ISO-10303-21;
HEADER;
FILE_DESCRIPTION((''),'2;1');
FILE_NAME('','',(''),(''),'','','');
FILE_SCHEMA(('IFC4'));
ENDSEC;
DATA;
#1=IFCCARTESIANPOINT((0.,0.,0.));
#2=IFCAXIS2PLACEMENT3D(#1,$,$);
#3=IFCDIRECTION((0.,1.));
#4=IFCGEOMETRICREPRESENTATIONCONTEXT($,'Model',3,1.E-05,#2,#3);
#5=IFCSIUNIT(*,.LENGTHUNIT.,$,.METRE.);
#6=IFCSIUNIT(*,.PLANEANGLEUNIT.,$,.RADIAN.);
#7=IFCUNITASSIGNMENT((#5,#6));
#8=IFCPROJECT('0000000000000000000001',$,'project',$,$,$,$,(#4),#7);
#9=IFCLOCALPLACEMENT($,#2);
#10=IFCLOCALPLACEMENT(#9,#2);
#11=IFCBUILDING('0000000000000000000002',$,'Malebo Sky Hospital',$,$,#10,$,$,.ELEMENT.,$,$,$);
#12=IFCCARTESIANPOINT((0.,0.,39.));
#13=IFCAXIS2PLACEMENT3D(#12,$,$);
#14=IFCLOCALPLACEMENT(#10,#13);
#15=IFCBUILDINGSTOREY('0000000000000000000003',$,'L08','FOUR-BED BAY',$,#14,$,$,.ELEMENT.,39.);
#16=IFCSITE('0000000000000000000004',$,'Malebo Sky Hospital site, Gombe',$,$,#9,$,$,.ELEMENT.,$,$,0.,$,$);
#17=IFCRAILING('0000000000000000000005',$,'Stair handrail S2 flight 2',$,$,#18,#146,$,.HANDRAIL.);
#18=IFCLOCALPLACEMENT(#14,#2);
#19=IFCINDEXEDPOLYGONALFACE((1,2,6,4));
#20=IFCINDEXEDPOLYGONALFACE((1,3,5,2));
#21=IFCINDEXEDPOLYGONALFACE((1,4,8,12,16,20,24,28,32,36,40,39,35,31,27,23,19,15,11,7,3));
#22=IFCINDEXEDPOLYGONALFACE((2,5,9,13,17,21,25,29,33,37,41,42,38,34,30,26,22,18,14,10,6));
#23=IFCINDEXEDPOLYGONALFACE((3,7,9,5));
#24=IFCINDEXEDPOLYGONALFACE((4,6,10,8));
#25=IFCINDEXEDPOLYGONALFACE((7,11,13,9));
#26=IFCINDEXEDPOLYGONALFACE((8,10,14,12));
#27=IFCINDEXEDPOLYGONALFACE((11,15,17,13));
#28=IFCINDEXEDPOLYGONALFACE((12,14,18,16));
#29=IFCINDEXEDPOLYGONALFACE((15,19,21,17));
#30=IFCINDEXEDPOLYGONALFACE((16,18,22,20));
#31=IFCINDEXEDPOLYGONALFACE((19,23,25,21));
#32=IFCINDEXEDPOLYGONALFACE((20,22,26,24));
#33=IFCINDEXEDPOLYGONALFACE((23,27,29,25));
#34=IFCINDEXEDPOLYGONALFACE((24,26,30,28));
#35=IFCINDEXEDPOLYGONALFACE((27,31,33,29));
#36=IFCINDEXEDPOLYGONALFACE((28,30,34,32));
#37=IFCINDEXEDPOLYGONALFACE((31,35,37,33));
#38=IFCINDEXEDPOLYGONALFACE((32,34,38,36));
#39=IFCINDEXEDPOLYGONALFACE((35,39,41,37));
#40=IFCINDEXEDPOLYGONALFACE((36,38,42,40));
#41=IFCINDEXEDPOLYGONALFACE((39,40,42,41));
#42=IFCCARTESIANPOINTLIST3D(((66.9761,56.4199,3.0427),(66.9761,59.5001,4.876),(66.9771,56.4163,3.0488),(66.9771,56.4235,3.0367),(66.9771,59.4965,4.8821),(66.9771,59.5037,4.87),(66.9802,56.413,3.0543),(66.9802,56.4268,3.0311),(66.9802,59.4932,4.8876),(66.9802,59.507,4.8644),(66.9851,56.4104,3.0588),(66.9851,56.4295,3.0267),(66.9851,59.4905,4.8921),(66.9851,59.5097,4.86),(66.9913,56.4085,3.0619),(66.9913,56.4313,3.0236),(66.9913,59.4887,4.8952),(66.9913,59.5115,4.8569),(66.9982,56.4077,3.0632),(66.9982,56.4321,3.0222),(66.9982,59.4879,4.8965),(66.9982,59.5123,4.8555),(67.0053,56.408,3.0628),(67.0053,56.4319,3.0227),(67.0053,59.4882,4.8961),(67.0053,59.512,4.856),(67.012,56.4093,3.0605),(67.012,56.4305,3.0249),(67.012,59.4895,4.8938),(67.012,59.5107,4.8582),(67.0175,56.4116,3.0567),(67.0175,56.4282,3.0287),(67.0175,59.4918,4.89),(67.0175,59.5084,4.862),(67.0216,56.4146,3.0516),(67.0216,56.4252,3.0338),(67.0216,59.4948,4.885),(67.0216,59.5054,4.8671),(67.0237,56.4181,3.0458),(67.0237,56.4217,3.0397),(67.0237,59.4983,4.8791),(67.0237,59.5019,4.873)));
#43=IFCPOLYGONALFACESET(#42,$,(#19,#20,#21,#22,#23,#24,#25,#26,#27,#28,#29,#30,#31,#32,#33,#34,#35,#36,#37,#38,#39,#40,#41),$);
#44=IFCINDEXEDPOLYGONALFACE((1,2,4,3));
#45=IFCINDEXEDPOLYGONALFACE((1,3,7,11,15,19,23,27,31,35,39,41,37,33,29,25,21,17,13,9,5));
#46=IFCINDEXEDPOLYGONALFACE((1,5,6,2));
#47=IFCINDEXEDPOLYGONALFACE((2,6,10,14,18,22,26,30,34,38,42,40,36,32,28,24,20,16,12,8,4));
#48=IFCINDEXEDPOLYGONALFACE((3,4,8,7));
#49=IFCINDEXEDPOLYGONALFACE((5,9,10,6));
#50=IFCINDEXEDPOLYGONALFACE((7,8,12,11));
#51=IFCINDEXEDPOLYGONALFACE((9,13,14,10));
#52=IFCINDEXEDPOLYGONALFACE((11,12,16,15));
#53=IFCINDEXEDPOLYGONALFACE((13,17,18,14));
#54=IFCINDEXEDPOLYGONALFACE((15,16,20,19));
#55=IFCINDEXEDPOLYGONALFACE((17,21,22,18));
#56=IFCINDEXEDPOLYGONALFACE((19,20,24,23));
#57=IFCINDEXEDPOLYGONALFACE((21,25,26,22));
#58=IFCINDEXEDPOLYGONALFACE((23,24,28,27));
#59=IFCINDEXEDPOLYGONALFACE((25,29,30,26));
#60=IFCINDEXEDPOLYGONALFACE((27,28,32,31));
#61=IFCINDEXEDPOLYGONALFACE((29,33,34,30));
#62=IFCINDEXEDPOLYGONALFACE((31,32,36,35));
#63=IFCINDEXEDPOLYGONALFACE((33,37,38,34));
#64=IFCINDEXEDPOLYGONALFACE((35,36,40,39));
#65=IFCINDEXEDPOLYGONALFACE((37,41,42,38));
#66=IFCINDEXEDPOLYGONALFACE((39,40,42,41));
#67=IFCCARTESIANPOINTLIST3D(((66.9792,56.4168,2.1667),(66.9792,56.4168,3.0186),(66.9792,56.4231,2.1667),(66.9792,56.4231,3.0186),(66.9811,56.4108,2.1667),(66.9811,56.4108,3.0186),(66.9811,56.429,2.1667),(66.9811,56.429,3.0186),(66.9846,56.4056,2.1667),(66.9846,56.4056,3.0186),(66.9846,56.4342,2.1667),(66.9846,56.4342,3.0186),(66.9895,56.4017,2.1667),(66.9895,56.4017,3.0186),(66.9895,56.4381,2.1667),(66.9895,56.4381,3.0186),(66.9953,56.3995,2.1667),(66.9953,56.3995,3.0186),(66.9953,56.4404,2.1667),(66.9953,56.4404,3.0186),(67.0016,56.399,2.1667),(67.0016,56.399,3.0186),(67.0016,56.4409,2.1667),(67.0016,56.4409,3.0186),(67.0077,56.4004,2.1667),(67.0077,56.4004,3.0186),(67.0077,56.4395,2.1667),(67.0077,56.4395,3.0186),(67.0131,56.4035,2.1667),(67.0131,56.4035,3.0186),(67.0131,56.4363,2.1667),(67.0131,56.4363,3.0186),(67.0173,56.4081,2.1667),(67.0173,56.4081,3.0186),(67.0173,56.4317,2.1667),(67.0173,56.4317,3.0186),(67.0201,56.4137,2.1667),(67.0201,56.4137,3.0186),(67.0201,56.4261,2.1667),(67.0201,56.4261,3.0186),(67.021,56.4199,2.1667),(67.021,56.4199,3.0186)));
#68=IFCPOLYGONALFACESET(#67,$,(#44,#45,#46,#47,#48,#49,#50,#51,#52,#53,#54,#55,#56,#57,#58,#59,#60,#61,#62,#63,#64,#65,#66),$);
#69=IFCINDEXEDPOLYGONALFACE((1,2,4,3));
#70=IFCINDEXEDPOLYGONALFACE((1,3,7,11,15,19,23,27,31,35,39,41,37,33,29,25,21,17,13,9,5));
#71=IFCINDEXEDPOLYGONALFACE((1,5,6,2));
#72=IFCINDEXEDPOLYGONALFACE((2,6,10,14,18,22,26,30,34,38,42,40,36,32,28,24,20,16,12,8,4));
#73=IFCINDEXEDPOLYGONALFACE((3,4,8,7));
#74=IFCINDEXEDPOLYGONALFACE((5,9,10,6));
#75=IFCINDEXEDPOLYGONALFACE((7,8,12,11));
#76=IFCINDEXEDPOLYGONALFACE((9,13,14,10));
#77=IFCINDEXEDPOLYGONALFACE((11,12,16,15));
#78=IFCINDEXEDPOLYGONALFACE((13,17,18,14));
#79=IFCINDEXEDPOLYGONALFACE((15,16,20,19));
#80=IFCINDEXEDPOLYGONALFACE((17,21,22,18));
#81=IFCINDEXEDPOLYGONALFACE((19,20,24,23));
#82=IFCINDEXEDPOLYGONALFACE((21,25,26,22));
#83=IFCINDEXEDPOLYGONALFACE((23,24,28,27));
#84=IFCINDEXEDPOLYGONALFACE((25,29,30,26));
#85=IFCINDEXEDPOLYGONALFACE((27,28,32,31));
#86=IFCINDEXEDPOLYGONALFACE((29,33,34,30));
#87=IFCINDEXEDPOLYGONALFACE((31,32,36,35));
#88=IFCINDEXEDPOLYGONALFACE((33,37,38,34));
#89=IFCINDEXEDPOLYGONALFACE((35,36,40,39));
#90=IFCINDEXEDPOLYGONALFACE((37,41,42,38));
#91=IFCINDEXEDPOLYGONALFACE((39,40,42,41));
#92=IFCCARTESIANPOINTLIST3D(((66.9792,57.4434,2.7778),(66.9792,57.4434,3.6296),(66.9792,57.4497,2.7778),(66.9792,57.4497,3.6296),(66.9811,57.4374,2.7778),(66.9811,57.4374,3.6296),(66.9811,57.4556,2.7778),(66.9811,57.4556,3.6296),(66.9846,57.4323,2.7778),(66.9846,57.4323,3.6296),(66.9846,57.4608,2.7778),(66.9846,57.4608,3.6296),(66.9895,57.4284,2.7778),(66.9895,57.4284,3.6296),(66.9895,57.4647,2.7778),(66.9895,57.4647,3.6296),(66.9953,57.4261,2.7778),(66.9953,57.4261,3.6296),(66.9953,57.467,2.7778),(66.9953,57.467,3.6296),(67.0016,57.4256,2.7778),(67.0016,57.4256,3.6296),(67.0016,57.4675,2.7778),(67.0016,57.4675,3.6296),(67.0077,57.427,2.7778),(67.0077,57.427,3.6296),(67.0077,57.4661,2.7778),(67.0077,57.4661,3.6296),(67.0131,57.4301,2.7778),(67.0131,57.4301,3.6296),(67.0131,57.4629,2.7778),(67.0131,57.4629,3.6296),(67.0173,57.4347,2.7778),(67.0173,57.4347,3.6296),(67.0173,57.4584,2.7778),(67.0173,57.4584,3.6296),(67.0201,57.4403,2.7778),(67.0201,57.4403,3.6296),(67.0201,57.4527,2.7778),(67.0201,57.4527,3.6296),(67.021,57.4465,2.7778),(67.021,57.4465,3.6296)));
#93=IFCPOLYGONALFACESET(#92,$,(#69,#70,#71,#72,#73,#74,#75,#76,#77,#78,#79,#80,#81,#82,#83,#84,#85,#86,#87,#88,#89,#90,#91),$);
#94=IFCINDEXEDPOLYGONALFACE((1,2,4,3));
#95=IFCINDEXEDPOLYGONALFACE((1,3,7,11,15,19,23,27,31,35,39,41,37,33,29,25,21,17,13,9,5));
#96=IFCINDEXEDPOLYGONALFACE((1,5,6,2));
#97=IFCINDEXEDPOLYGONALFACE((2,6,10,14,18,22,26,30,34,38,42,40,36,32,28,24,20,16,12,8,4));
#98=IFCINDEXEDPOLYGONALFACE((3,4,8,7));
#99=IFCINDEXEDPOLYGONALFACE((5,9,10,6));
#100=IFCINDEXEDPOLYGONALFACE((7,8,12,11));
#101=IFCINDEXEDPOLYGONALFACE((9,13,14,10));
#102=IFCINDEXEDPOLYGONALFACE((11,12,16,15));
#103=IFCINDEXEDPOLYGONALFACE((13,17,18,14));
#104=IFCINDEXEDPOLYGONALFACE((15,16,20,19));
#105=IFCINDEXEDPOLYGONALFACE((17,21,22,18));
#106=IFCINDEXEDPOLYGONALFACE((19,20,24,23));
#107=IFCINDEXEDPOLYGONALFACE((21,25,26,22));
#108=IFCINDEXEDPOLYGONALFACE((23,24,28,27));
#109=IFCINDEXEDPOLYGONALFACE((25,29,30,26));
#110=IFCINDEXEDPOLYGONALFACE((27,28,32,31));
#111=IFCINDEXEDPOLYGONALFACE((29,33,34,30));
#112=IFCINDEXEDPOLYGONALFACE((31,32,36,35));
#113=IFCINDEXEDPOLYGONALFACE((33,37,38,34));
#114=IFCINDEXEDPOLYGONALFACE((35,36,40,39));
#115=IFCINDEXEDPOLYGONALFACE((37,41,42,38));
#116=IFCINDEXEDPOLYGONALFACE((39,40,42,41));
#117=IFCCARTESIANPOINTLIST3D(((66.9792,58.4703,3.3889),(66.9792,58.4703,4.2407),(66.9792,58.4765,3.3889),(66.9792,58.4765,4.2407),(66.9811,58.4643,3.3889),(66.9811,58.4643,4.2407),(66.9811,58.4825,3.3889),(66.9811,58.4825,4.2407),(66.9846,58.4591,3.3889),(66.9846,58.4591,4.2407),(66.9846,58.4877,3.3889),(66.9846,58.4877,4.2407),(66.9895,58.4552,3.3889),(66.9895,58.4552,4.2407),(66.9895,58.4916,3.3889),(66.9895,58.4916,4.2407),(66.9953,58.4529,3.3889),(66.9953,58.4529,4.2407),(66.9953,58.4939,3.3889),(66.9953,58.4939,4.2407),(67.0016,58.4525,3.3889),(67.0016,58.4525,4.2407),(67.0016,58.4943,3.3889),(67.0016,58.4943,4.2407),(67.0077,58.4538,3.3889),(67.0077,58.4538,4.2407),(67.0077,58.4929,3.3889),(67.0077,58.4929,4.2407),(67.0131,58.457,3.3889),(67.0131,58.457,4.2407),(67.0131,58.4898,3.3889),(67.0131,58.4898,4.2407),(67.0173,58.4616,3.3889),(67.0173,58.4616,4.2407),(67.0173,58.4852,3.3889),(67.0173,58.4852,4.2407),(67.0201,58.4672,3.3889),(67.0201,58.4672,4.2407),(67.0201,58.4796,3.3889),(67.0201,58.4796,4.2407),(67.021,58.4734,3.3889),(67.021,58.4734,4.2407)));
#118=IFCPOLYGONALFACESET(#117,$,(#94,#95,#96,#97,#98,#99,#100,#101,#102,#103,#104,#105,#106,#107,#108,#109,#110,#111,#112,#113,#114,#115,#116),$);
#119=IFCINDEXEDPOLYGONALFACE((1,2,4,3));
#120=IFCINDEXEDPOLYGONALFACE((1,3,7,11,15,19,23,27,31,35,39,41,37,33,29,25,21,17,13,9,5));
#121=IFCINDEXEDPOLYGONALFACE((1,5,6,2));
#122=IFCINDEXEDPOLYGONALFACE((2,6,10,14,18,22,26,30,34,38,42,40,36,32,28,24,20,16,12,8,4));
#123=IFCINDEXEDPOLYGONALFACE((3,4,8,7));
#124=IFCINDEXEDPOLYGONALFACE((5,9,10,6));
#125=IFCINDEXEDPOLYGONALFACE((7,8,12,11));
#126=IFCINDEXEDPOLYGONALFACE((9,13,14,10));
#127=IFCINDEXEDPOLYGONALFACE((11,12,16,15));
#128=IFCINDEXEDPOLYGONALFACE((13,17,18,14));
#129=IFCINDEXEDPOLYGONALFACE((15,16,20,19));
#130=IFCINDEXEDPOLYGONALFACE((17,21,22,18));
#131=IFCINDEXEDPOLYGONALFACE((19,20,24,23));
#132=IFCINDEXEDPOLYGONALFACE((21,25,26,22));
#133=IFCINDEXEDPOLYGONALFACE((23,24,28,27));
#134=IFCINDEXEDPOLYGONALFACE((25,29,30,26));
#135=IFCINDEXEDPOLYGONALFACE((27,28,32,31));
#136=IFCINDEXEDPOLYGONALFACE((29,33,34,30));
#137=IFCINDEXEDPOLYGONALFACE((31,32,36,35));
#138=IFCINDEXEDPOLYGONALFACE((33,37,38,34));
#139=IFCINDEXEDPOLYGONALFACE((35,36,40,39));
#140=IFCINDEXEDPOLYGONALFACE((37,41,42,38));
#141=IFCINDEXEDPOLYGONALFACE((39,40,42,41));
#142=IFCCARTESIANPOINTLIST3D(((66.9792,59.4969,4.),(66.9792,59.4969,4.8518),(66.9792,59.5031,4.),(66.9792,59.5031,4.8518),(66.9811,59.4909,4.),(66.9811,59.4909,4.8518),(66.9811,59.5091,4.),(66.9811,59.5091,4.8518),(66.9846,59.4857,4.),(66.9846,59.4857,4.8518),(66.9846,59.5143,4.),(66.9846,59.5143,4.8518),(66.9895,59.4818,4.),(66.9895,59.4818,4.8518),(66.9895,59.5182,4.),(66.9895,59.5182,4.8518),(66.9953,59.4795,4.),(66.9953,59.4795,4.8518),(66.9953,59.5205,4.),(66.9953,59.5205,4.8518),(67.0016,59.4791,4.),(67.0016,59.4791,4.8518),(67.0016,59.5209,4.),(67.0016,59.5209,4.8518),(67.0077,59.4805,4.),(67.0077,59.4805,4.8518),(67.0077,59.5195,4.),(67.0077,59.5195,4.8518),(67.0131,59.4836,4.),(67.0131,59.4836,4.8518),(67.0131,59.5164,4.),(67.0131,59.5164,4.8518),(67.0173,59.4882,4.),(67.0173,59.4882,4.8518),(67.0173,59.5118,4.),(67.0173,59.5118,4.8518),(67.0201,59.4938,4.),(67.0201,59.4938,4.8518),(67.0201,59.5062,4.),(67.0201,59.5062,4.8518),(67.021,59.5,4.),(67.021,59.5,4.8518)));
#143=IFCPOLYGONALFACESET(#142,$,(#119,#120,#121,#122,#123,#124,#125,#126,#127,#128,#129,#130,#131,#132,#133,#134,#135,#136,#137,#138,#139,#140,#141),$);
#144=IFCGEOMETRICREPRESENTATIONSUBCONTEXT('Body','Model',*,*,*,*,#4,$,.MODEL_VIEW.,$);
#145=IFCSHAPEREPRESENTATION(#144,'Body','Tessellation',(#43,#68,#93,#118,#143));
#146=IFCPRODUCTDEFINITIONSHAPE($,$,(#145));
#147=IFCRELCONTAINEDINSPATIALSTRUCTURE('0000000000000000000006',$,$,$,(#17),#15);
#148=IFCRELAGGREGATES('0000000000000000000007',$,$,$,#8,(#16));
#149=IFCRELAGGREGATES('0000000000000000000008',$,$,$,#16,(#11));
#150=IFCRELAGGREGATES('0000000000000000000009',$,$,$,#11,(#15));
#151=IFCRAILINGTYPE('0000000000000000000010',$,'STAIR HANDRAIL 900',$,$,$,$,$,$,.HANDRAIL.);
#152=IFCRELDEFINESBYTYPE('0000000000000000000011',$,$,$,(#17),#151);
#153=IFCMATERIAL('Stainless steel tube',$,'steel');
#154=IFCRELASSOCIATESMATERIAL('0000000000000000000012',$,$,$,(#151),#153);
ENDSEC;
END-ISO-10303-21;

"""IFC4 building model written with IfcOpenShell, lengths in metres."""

from ifc_helpers import new_model, si_unit, direction, frame, origin, origin_2d, place, context, subcontext, project, spatial, circle, extrude, material, type_object, element, save


model = new_model("IFC4")

# Units and contexts
model_context = context("Model", 3, precision=1e-05, world=origin(), true_north=direction((0.0, 1.0)))
body_context = subcontext(model_context, "Body", "Model", "MODEL_VIEW")
ifc_project = project(units=[si_unit("LENGTHUNIT", "METRE"), si_unit("PLANEANGLEUNIT", "RADIAN")], contexts=[model_context])

# Site, building, storey
site_placement = place(None, origin())
site = spatial("IfcSite", under=ifc_project, at=site_placement, Name="Malebo Sky Hospital site, Gombe", CompositionType="ELEMENT", RefElevation=0.0)
building_placement = place(site_placement, origin())
building = spatial("IfcBuilding", under=site, at=building_placement, Name="Malebo Sky Hospital", CompositionType="ELEMENT")
storey_placement = place(building_placement, frame((0.0, 0.0, 39.0)))
storey = spatial("IfcBuildingStorey", under=building, at=storey_placement, Name="L08", Description="FOUR-BED BAY", CompositionType="ELEMENT", Elevation=39.0)

# Railing
ifc_material_1 = material(Name="Stainless steel tube", Category="steel")
railing_type = type_object("IfcRailingType", Name="STAIR HANDRAIL 900", PredefinedType="HANDRAIL", material=ifc_material_1)
railing_1_placement = place(storey_placement, frame((67.0, 56.4199, 2.1667)))
element("IfcRailing", 1, at=railing_1_placement, inside=storey, type_object=railing_type, Name="Stair handrail S2 flight 2", PredefinedType="HANDRAIL", context=body_context, shape_type="SweptSolid", body=[
    extrude(circle(Radius=0.0239, at=origin_2d()), frame((0.0, 0.0, 0.876), z_axis=(0.0, 0.859309, 0.511458), x_axis=(-1.0, 0.0, 0.0)), (0.0, 0.0, 1.0), 3.5845),
    extrude(circle(Radius=0.021, at=origin_2d()), origin(), (0.0, 0.0, 1.0), 0.8518),
    extrude(circle(Radius=0.021, at=origin_2d()), frame((0.0, 1.0266, 0.6111)), (0.0, 0.0, 1.0), 0.8518),
    extrude(circle(Radius=0.021, at=origin_2d()), frame((0.0, 2.0535, 1.2222)), (0.0, 0.0, 1.0), 0.8518),
    extrude(circle(Radius=0.021, at=origin_2d()), frame((0.0, 3.0801, 1.8333)), (0.0, 0.0, 1.0), 0.8518),
])

save(model, "model.ifc")
